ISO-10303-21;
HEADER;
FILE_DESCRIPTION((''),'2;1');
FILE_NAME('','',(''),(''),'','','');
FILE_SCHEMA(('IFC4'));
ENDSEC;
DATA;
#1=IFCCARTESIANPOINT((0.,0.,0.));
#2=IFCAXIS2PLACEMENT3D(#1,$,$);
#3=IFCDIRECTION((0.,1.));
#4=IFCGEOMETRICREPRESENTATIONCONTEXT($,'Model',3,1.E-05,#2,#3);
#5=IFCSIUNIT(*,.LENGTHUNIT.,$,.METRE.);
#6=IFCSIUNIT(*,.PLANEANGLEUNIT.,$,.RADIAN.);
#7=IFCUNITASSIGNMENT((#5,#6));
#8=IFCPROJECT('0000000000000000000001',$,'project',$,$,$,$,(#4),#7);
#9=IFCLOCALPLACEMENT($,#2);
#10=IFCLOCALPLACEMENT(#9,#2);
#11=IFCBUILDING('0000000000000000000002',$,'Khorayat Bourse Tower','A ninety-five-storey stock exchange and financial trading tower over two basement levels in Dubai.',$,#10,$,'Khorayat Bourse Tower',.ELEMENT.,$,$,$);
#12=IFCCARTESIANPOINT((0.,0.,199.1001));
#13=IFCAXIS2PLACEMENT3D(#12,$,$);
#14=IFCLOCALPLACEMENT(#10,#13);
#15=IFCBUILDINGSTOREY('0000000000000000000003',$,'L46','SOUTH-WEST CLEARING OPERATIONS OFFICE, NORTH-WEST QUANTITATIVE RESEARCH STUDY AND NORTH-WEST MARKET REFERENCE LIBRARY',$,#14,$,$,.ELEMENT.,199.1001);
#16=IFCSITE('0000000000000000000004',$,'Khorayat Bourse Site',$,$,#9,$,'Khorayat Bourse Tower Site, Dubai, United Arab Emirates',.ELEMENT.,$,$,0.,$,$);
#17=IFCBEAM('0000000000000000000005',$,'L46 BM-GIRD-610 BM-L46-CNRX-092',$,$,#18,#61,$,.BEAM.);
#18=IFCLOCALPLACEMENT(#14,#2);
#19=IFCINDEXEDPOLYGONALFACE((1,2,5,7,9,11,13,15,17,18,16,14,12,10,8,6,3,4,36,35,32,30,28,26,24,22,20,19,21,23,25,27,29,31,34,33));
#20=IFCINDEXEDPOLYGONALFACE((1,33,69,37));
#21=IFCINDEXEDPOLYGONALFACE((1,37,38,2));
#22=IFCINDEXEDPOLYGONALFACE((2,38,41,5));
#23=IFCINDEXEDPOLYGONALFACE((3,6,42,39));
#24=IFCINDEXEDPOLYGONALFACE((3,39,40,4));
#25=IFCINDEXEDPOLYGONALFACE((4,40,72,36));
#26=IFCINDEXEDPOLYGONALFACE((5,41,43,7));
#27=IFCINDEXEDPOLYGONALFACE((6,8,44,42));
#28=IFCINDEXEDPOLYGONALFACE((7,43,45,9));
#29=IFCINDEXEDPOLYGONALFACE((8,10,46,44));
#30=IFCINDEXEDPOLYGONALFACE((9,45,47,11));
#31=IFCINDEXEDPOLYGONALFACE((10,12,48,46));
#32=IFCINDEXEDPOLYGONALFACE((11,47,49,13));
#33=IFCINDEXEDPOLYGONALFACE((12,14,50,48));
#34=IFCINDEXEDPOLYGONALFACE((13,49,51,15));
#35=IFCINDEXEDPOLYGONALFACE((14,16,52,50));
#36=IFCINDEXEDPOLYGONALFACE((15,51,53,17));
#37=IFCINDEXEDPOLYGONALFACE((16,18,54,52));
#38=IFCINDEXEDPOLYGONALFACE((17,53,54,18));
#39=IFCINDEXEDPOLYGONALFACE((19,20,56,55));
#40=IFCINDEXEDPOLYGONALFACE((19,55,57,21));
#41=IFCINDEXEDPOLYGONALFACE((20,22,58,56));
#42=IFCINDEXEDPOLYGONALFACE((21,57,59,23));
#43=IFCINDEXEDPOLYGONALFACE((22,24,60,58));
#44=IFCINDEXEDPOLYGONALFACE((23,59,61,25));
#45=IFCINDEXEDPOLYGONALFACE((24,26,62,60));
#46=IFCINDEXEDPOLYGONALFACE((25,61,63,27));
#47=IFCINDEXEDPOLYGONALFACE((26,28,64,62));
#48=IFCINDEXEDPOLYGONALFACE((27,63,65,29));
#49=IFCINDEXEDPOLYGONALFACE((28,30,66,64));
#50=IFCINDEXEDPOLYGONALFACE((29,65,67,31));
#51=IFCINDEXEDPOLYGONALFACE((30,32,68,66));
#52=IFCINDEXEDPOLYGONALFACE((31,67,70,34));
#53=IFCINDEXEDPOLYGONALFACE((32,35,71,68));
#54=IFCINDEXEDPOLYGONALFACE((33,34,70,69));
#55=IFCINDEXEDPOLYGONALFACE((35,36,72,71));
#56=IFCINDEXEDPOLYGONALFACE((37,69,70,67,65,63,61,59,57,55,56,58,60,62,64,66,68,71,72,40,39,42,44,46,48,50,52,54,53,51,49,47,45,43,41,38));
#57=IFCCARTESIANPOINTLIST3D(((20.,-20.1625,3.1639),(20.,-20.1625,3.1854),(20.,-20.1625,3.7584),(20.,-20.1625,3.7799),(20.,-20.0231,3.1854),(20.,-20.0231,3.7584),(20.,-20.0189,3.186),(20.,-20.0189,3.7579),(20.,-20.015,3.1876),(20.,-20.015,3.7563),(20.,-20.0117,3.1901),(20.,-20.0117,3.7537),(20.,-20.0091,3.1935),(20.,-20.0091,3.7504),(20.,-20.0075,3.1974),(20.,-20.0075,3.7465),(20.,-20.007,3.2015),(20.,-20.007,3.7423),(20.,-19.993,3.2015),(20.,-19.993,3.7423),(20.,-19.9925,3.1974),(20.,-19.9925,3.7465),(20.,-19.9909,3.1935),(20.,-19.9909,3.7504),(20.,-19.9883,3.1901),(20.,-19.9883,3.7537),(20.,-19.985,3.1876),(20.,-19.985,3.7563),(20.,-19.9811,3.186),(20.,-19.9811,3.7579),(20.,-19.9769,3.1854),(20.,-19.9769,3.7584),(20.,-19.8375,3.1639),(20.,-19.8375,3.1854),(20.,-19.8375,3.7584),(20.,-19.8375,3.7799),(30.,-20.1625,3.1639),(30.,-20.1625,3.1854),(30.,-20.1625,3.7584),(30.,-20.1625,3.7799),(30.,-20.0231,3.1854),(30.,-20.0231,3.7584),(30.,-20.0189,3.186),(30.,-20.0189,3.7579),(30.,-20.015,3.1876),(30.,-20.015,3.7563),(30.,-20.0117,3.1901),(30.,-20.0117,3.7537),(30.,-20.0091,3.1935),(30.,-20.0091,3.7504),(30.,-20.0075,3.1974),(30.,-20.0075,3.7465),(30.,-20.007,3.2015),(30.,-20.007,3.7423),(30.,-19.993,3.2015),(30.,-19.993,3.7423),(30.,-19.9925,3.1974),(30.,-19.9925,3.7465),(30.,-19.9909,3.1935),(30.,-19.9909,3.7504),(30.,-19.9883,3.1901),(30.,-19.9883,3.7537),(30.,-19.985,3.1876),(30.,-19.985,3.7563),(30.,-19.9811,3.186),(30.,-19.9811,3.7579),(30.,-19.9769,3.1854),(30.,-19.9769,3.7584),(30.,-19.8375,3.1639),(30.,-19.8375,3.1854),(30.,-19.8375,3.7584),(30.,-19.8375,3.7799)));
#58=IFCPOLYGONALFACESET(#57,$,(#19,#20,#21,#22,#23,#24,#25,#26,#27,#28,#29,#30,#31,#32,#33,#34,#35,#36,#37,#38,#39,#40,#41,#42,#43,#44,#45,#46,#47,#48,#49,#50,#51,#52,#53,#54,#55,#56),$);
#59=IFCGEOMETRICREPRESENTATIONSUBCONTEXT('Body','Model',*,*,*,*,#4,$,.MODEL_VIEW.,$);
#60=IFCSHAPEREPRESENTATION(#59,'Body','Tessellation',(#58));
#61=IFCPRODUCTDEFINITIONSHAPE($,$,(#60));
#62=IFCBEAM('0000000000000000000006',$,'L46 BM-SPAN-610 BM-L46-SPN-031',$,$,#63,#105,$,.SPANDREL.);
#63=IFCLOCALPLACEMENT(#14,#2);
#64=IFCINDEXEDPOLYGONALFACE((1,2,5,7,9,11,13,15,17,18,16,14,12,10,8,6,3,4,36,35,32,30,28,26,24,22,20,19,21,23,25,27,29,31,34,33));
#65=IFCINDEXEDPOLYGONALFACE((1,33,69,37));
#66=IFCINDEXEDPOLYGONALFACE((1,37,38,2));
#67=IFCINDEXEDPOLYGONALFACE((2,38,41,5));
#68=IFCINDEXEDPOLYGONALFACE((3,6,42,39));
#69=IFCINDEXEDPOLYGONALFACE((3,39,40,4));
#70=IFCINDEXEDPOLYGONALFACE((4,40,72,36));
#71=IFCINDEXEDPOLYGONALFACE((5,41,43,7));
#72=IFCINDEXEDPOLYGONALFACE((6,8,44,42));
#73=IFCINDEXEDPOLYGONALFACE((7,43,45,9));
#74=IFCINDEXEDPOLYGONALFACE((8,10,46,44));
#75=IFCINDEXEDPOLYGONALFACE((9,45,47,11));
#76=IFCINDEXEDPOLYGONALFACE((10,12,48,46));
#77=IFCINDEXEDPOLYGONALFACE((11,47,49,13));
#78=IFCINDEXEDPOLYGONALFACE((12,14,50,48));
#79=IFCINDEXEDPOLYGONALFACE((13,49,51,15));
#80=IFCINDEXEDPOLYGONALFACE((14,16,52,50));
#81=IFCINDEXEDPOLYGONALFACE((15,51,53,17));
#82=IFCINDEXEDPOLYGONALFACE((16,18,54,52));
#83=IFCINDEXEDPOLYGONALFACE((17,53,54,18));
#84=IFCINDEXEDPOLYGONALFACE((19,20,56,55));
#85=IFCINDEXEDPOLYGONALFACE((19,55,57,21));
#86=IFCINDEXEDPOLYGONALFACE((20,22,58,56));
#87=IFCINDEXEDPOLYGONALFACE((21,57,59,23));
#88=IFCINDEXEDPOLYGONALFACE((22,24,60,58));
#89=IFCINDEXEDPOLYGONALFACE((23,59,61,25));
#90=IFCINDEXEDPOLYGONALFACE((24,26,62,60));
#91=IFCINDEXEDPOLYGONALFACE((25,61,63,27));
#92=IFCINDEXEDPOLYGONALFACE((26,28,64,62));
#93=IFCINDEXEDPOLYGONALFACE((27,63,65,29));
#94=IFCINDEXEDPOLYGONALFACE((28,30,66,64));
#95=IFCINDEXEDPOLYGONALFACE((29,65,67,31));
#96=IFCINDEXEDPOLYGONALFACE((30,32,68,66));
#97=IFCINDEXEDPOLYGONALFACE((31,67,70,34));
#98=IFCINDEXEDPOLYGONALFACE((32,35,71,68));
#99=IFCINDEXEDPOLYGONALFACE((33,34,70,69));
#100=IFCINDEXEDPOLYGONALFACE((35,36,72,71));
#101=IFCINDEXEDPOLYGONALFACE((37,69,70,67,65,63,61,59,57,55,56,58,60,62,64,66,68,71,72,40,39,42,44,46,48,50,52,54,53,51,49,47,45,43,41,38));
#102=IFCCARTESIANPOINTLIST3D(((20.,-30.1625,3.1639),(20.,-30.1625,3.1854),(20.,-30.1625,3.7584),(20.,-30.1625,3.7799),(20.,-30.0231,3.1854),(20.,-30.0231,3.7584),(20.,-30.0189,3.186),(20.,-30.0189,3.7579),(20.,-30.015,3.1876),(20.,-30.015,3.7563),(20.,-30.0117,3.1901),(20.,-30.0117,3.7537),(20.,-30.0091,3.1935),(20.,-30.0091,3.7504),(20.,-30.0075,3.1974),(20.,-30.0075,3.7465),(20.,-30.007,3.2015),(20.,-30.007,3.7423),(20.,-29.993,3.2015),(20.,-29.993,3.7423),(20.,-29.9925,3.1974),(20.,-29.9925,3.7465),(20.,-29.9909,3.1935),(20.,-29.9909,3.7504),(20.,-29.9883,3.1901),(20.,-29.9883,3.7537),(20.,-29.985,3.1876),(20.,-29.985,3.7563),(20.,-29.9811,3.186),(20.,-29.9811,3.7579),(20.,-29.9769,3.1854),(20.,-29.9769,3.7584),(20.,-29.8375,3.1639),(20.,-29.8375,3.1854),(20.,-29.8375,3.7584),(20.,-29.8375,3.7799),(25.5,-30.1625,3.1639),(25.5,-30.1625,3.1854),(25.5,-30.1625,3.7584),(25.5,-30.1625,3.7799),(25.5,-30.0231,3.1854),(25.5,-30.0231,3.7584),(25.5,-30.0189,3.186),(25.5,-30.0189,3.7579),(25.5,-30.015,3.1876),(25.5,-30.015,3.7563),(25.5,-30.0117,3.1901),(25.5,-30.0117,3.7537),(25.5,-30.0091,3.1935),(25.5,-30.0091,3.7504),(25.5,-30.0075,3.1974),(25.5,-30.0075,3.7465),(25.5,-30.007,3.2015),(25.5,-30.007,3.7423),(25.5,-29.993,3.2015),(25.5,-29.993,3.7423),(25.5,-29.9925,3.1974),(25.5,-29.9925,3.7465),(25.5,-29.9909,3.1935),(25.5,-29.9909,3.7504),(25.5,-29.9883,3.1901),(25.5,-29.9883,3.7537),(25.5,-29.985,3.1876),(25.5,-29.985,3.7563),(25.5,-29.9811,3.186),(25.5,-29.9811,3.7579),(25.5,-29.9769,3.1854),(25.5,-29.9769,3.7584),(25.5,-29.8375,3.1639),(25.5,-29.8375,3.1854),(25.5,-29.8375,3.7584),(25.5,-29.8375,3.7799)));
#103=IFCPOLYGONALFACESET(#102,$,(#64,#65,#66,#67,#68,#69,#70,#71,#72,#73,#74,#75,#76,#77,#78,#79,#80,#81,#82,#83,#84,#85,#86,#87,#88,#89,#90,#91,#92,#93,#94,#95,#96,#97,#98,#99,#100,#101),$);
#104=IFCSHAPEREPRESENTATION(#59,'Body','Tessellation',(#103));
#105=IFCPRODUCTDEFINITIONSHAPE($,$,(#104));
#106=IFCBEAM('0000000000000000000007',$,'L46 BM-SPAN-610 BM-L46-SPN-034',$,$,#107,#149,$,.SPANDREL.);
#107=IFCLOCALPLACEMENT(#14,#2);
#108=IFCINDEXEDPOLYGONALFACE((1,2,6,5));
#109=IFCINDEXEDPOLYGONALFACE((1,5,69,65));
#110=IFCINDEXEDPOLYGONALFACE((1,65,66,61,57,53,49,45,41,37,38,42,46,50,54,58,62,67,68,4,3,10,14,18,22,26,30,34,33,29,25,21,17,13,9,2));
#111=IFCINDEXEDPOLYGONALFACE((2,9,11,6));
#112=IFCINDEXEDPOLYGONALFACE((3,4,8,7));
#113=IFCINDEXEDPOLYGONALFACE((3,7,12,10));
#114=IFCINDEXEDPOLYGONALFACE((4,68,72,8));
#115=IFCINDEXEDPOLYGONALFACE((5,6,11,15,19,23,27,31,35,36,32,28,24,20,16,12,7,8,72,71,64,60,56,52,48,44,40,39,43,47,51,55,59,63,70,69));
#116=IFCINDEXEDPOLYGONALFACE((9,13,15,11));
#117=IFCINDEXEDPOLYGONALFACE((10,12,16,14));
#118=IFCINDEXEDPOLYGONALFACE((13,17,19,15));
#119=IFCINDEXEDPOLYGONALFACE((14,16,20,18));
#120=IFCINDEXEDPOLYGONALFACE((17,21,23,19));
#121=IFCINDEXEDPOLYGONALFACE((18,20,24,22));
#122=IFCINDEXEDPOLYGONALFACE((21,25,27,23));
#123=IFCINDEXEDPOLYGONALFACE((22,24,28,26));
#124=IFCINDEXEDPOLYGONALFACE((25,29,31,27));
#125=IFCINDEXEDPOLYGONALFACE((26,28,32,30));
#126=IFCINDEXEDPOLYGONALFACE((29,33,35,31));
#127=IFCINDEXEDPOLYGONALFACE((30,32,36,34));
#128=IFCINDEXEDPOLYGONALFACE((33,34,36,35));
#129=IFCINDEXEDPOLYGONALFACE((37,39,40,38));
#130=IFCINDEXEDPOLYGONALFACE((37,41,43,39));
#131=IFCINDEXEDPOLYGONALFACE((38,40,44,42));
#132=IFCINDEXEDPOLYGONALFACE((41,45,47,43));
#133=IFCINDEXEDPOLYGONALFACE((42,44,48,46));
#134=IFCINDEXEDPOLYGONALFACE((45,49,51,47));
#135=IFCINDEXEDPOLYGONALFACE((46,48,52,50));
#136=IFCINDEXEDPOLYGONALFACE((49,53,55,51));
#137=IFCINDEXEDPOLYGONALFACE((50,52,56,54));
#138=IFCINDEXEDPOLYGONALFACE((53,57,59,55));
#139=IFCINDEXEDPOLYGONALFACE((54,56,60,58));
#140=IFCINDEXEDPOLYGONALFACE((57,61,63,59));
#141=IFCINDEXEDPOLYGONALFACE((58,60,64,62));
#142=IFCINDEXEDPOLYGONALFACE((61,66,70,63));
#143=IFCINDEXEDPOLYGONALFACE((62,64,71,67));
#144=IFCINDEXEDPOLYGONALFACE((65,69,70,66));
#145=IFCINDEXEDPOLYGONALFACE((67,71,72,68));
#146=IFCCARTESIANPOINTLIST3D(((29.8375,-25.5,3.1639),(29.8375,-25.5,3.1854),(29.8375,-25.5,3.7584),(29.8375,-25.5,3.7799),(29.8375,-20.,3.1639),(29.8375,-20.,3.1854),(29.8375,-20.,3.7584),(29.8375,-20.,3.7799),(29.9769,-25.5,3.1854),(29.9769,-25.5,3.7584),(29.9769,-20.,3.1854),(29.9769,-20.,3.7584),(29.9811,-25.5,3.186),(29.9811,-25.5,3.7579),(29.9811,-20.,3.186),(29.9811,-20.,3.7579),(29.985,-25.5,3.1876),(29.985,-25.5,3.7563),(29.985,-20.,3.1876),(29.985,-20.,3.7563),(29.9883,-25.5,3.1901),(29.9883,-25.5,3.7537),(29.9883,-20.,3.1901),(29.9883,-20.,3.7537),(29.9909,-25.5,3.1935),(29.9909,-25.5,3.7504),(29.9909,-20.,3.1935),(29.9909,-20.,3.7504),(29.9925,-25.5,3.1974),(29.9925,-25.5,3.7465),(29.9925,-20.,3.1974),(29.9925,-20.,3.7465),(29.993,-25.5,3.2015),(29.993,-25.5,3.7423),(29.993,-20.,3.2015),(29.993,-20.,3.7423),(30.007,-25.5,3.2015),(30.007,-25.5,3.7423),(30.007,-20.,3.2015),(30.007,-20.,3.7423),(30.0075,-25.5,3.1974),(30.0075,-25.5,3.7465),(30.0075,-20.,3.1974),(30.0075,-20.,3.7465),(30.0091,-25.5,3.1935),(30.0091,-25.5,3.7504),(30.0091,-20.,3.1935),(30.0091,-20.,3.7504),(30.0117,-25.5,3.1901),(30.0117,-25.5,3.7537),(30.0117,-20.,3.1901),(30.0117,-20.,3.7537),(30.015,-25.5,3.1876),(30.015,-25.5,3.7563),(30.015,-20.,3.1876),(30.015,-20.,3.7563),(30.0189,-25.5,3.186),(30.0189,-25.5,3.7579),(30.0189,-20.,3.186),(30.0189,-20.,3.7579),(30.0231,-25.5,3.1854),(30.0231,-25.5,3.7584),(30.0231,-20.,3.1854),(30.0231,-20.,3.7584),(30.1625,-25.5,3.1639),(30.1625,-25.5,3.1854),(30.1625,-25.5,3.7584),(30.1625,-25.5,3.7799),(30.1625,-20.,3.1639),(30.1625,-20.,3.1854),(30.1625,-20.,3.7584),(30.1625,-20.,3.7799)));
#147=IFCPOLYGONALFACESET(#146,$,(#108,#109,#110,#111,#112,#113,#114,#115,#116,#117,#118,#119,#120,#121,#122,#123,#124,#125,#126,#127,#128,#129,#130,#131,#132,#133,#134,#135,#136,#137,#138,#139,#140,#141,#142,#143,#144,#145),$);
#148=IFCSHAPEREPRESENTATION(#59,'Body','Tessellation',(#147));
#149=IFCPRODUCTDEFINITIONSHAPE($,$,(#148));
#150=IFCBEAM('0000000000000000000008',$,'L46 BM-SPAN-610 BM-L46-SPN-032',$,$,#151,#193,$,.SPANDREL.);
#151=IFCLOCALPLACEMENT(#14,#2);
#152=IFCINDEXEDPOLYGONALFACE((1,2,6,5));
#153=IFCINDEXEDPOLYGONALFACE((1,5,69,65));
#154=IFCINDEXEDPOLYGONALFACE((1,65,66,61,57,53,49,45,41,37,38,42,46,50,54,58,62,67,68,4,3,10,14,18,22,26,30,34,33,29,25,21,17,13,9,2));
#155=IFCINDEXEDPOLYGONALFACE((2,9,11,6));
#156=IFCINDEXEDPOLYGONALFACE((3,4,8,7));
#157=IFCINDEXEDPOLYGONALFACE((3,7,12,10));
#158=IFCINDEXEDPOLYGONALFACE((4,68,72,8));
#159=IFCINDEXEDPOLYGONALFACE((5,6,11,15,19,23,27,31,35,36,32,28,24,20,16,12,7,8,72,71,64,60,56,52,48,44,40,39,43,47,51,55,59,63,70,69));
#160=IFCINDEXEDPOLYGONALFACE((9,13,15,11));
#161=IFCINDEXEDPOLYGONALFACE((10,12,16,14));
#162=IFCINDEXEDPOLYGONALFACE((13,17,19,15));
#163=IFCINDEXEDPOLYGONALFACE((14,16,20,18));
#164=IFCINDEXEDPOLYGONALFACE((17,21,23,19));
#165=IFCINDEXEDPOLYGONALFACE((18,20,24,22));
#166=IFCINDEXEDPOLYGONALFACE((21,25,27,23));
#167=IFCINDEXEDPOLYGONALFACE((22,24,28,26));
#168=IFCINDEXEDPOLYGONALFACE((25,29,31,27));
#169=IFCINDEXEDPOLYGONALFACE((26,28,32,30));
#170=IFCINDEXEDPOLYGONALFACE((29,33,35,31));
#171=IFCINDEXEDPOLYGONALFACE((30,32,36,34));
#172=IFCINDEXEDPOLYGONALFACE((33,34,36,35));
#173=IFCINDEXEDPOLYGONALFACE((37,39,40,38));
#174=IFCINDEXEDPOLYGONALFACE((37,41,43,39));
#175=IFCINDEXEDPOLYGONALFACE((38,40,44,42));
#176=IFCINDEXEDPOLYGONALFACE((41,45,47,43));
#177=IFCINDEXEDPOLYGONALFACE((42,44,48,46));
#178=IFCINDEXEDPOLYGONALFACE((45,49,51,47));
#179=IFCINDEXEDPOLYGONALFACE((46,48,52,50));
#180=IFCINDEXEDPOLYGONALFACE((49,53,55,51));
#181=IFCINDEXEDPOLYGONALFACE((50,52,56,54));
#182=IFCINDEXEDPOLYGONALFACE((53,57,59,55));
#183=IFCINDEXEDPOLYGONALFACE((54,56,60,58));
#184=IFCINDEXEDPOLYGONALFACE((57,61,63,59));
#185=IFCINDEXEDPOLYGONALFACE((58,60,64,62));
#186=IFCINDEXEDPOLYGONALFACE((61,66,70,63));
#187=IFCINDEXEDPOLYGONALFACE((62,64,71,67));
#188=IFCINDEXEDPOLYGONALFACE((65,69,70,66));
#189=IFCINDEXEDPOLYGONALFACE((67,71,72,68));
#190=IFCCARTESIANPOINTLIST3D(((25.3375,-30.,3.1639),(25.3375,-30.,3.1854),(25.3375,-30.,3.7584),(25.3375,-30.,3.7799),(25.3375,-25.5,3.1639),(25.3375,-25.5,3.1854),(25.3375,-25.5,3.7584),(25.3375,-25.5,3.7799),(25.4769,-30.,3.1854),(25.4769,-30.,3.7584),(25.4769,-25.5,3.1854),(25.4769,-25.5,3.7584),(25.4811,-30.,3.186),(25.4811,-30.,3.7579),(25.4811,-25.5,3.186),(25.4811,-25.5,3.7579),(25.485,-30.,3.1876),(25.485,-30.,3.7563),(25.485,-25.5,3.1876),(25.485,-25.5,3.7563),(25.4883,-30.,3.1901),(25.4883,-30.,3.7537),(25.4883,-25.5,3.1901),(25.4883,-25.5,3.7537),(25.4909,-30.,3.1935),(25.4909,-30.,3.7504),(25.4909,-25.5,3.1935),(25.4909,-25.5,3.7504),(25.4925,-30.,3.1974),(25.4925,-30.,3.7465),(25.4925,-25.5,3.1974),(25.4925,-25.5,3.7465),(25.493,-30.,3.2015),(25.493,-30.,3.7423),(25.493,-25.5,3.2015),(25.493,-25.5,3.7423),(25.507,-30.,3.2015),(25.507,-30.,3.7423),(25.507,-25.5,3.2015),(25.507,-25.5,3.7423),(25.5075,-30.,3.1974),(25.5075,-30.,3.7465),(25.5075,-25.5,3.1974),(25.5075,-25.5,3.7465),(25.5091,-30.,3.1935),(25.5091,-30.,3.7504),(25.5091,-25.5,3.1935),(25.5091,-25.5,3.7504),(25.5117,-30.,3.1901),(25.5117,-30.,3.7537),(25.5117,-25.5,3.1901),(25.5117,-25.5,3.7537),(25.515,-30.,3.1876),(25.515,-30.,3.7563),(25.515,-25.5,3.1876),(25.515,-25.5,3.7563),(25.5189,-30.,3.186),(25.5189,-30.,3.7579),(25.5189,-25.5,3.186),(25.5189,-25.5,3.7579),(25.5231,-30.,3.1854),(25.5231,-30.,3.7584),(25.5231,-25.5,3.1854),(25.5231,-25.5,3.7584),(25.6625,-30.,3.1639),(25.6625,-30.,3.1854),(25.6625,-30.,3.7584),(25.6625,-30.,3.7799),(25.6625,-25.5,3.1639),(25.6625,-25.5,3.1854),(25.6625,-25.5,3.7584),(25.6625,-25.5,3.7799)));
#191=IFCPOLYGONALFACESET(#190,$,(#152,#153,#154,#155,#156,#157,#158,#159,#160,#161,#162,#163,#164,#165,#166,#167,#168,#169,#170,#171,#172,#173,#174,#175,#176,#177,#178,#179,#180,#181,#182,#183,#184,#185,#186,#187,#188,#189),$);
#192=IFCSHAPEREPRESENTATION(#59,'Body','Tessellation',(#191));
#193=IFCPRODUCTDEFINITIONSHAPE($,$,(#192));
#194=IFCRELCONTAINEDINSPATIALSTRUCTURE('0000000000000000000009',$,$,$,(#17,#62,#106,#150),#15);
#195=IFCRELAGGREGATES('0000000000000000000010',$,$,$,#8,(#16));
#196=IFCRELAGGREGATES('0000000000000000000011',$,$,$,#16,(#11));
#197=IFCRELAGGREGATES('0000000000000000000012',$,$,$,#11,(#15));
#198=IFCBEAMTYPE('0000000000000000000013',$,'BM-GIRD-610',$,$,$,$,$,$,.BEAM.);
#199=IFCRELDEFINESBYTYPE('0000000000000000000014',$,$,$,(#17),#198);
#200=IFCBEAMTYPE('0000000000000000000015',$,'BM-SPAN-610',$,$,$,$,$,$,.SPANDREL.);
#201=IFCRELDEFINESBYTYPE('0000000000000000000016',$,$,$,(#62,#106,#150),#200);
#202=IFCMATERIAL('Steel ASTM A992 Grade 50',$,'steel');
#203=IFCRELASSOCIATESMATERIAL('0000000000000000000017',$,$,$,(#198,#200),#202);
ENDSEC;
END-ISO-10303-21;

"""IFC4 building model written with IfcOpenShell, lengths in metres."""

from ifc_helpers import new_model, si_unit, direction, frame, origin, origin_2d, place, context, subcontext, project, spatial, i_section, extrude, source, transform, mapped, material, material_profile, profile_set, type_object, element, save


model = new_model("IFC4")

# Units and contexts
model_context = context("Model", 3, precision=1e-05, world=origin(), true_north=direction((0.0, 1.0)))
body_context = subcontext(model_context, "Body", "Model", "MODEL_VIEW")
ifc_project = project(units=[si_unit("LENGTHUNIT", "METRE"), si_unit("PLANEANGLEUNIT", "RADIAN")], contexts=[model_context])

# Site, building, storey
site_placement = place(None, origin())
site = spatial("IfcSite", under=ifc_project, at=site_placement, Name="Khorayat Bourse Site", LongName="Khorayat Bourse Tower Site, Dubai, United Arab Emirates", CompositionType="ELEMENT", RefElevation=0.0)
building_placement = place(site_placement, origin())
building = spatial("IfcBuilding", under=site, at=building_placement, Name="Khorayat Bourse Tower", Description="A ninety-five-storey stock exchange and financial trading tower over two basement levels in Dubai.", LongName="Khorayat Bourse Tower", CompositionType="ELEMENT")
storey_placement = place(building_placement, frame((0.0, 0.0, 199.1001)))
storey = spatial("IfcBuildingStorey", under=building, at=storey_placement, Name="L46", Description="SOUTH-WEST CLEARING OPERATIONS OFFICE, NORTH-WEST QUANTITATIVE RESEARCH STUDY AND NORTH-WEST MARKET REFERENCE LIBRARY", CompositionType="ELEMENT", Elevation=199.1001)

# Beams
ifc_material_1 = material(Name="Steel ASTM A992 Grade 50", Category="steel")
ifc_material_profile_1 = material_profile(ifc_material_1, i_section(OverallWidth=0.325, OverallDepth=0.616, WebThickness=0.0139, FlangeThickness=0.0215, FilletRadius=0.0161, at=origin_2d()), Name="W610X174")
ifc_profile_set_1 = profile_set([ifc_material_profile_1], Name="Steel ASTM A992 Grade 50")
beam_type_1 = type_object("IfcBeamType", Name="BM-GIRD-610", PredefinedType="BEAM", material=ifc_profile_set_1)
shared_shape_1 = source(origin(), body_context, "Body", "SweptSolid", [
    extrude(i_section(OverallWidth=0.325, OverallDepth=0.616, WebThickness=0.0139, FlangeThickness=0.0215, FilletRadius=0.0161, at=origin_2d()), origin(), (0.0, 0.0, 1.0), 10.0),
])
beam_1_placement = place(storey_placement, frame((20.0, -20.0, 3.4719), z_axis=(1.0, 0.0, 0.0), x_axis=(0.0, 1.0, 0.0)))
element("IfcBeam", 1, at=beam_1_placement, inside=storey, type_object=beam_type_1, Name="L46 BM-GIRD-610 BM-L46-CNRX-092", PredefinedType="BEAM", context=body_context, shape_type="MappedRepresentation", body=[
    mapped(shared_shape_1, transform((0.0, 0.0, 0.0), scale=1.0)),
])
ifc_material_profile_2 = material_profile(ifc_material_1, i_section(OverallWidth=0.325, OverallDepth=0.616, WebThickness=0.0139, FlangeThickness=0.0215, FilletRadius=0.0161, at=origin_2d()), Name="W610X174")
ifc_profile_set_2 = profile_set([ifc_material_profile_2], Name="Steel ASTM A992 Grade 50")
beam_type_2 = type_object("IfcBeamType", Name="BM-SPAN-610", PredefinedType="SPANDREL", material=ifc_profile_set_2)
shared_shape_2 = source(origin(), body_context, "Body", "SweptSolid", [
    extrude(i_section(OverallWidth=0.325, OverallDepth=0.616, WebThickness=0.0139, FlangeThickness=0.0215, FilletRadius=0.0161, at=origin_2d()), origin(), (0.0, 0.0, 1.0), 5.5),
])
for number, where, z_axis, x_axis, name in (
    (2, (20.0, -30.0, 3.4719), (1.0, 0.0, 0.0), (0.0, 1.0, 0.0), "L46 BM-SPAN-610 BM-L46-SPN-031"),
    (3, (30.0, -25.5, 3.4719), (0.0, 1.0, 0.0), (-1.0, 0.0, 0.0), "L46 BM-SPAN-610 BM-L46-SPN-034"),
):
    element("IfcBeam", number, at=place(storey_placement, frame(where, z_axis=z_axis, x_axis=x_axis)), inside=storey, type_object=beam_type_2, Name=name, PredefinedType="SPANDREL", context=body_context, shape_type="MappedRepresentation", body=[
        mapped(shared_shape_2, transform((0.0, 0.0, 0.0), scale=1.0)),
    ])
shared_shape_3 = source(origin(), body_context, "Body", "SweptSolid", [
    extrude(i_section(OverallWidth=0.325, OverallDepth=0.616, WebThickness=0.0139, FlangeThickness=0.0215, FilletRadius=0.0161, at=origin_2d()), origin(), (0.0, 0.0, 1.0), 4.5),
])
for number, where, z_axis, x_axis, name in (
    (4, (25.5, -30.0, 3.4719), (0.0, 1.0, 0.0), (-1.0, 0.0, 0.0), "L46 BM-SPAN-610 BM-L46-SPN-032"),
):
    element("IfcBeam", number, at=place(storey_placement, frame(where, z_axis=z_axis, x_axis=x_axis)), inside=storey, type_object=beam_type_2, Name=name, PredefinedType="SPANDREL", context=body_context, shape_type="MappedRepresentation", body=[
        mapped(shared_shape_3, transform((0.0, 0.0, 0.0), scale=1.0)),
    ])

save(model, "model.ifc")
